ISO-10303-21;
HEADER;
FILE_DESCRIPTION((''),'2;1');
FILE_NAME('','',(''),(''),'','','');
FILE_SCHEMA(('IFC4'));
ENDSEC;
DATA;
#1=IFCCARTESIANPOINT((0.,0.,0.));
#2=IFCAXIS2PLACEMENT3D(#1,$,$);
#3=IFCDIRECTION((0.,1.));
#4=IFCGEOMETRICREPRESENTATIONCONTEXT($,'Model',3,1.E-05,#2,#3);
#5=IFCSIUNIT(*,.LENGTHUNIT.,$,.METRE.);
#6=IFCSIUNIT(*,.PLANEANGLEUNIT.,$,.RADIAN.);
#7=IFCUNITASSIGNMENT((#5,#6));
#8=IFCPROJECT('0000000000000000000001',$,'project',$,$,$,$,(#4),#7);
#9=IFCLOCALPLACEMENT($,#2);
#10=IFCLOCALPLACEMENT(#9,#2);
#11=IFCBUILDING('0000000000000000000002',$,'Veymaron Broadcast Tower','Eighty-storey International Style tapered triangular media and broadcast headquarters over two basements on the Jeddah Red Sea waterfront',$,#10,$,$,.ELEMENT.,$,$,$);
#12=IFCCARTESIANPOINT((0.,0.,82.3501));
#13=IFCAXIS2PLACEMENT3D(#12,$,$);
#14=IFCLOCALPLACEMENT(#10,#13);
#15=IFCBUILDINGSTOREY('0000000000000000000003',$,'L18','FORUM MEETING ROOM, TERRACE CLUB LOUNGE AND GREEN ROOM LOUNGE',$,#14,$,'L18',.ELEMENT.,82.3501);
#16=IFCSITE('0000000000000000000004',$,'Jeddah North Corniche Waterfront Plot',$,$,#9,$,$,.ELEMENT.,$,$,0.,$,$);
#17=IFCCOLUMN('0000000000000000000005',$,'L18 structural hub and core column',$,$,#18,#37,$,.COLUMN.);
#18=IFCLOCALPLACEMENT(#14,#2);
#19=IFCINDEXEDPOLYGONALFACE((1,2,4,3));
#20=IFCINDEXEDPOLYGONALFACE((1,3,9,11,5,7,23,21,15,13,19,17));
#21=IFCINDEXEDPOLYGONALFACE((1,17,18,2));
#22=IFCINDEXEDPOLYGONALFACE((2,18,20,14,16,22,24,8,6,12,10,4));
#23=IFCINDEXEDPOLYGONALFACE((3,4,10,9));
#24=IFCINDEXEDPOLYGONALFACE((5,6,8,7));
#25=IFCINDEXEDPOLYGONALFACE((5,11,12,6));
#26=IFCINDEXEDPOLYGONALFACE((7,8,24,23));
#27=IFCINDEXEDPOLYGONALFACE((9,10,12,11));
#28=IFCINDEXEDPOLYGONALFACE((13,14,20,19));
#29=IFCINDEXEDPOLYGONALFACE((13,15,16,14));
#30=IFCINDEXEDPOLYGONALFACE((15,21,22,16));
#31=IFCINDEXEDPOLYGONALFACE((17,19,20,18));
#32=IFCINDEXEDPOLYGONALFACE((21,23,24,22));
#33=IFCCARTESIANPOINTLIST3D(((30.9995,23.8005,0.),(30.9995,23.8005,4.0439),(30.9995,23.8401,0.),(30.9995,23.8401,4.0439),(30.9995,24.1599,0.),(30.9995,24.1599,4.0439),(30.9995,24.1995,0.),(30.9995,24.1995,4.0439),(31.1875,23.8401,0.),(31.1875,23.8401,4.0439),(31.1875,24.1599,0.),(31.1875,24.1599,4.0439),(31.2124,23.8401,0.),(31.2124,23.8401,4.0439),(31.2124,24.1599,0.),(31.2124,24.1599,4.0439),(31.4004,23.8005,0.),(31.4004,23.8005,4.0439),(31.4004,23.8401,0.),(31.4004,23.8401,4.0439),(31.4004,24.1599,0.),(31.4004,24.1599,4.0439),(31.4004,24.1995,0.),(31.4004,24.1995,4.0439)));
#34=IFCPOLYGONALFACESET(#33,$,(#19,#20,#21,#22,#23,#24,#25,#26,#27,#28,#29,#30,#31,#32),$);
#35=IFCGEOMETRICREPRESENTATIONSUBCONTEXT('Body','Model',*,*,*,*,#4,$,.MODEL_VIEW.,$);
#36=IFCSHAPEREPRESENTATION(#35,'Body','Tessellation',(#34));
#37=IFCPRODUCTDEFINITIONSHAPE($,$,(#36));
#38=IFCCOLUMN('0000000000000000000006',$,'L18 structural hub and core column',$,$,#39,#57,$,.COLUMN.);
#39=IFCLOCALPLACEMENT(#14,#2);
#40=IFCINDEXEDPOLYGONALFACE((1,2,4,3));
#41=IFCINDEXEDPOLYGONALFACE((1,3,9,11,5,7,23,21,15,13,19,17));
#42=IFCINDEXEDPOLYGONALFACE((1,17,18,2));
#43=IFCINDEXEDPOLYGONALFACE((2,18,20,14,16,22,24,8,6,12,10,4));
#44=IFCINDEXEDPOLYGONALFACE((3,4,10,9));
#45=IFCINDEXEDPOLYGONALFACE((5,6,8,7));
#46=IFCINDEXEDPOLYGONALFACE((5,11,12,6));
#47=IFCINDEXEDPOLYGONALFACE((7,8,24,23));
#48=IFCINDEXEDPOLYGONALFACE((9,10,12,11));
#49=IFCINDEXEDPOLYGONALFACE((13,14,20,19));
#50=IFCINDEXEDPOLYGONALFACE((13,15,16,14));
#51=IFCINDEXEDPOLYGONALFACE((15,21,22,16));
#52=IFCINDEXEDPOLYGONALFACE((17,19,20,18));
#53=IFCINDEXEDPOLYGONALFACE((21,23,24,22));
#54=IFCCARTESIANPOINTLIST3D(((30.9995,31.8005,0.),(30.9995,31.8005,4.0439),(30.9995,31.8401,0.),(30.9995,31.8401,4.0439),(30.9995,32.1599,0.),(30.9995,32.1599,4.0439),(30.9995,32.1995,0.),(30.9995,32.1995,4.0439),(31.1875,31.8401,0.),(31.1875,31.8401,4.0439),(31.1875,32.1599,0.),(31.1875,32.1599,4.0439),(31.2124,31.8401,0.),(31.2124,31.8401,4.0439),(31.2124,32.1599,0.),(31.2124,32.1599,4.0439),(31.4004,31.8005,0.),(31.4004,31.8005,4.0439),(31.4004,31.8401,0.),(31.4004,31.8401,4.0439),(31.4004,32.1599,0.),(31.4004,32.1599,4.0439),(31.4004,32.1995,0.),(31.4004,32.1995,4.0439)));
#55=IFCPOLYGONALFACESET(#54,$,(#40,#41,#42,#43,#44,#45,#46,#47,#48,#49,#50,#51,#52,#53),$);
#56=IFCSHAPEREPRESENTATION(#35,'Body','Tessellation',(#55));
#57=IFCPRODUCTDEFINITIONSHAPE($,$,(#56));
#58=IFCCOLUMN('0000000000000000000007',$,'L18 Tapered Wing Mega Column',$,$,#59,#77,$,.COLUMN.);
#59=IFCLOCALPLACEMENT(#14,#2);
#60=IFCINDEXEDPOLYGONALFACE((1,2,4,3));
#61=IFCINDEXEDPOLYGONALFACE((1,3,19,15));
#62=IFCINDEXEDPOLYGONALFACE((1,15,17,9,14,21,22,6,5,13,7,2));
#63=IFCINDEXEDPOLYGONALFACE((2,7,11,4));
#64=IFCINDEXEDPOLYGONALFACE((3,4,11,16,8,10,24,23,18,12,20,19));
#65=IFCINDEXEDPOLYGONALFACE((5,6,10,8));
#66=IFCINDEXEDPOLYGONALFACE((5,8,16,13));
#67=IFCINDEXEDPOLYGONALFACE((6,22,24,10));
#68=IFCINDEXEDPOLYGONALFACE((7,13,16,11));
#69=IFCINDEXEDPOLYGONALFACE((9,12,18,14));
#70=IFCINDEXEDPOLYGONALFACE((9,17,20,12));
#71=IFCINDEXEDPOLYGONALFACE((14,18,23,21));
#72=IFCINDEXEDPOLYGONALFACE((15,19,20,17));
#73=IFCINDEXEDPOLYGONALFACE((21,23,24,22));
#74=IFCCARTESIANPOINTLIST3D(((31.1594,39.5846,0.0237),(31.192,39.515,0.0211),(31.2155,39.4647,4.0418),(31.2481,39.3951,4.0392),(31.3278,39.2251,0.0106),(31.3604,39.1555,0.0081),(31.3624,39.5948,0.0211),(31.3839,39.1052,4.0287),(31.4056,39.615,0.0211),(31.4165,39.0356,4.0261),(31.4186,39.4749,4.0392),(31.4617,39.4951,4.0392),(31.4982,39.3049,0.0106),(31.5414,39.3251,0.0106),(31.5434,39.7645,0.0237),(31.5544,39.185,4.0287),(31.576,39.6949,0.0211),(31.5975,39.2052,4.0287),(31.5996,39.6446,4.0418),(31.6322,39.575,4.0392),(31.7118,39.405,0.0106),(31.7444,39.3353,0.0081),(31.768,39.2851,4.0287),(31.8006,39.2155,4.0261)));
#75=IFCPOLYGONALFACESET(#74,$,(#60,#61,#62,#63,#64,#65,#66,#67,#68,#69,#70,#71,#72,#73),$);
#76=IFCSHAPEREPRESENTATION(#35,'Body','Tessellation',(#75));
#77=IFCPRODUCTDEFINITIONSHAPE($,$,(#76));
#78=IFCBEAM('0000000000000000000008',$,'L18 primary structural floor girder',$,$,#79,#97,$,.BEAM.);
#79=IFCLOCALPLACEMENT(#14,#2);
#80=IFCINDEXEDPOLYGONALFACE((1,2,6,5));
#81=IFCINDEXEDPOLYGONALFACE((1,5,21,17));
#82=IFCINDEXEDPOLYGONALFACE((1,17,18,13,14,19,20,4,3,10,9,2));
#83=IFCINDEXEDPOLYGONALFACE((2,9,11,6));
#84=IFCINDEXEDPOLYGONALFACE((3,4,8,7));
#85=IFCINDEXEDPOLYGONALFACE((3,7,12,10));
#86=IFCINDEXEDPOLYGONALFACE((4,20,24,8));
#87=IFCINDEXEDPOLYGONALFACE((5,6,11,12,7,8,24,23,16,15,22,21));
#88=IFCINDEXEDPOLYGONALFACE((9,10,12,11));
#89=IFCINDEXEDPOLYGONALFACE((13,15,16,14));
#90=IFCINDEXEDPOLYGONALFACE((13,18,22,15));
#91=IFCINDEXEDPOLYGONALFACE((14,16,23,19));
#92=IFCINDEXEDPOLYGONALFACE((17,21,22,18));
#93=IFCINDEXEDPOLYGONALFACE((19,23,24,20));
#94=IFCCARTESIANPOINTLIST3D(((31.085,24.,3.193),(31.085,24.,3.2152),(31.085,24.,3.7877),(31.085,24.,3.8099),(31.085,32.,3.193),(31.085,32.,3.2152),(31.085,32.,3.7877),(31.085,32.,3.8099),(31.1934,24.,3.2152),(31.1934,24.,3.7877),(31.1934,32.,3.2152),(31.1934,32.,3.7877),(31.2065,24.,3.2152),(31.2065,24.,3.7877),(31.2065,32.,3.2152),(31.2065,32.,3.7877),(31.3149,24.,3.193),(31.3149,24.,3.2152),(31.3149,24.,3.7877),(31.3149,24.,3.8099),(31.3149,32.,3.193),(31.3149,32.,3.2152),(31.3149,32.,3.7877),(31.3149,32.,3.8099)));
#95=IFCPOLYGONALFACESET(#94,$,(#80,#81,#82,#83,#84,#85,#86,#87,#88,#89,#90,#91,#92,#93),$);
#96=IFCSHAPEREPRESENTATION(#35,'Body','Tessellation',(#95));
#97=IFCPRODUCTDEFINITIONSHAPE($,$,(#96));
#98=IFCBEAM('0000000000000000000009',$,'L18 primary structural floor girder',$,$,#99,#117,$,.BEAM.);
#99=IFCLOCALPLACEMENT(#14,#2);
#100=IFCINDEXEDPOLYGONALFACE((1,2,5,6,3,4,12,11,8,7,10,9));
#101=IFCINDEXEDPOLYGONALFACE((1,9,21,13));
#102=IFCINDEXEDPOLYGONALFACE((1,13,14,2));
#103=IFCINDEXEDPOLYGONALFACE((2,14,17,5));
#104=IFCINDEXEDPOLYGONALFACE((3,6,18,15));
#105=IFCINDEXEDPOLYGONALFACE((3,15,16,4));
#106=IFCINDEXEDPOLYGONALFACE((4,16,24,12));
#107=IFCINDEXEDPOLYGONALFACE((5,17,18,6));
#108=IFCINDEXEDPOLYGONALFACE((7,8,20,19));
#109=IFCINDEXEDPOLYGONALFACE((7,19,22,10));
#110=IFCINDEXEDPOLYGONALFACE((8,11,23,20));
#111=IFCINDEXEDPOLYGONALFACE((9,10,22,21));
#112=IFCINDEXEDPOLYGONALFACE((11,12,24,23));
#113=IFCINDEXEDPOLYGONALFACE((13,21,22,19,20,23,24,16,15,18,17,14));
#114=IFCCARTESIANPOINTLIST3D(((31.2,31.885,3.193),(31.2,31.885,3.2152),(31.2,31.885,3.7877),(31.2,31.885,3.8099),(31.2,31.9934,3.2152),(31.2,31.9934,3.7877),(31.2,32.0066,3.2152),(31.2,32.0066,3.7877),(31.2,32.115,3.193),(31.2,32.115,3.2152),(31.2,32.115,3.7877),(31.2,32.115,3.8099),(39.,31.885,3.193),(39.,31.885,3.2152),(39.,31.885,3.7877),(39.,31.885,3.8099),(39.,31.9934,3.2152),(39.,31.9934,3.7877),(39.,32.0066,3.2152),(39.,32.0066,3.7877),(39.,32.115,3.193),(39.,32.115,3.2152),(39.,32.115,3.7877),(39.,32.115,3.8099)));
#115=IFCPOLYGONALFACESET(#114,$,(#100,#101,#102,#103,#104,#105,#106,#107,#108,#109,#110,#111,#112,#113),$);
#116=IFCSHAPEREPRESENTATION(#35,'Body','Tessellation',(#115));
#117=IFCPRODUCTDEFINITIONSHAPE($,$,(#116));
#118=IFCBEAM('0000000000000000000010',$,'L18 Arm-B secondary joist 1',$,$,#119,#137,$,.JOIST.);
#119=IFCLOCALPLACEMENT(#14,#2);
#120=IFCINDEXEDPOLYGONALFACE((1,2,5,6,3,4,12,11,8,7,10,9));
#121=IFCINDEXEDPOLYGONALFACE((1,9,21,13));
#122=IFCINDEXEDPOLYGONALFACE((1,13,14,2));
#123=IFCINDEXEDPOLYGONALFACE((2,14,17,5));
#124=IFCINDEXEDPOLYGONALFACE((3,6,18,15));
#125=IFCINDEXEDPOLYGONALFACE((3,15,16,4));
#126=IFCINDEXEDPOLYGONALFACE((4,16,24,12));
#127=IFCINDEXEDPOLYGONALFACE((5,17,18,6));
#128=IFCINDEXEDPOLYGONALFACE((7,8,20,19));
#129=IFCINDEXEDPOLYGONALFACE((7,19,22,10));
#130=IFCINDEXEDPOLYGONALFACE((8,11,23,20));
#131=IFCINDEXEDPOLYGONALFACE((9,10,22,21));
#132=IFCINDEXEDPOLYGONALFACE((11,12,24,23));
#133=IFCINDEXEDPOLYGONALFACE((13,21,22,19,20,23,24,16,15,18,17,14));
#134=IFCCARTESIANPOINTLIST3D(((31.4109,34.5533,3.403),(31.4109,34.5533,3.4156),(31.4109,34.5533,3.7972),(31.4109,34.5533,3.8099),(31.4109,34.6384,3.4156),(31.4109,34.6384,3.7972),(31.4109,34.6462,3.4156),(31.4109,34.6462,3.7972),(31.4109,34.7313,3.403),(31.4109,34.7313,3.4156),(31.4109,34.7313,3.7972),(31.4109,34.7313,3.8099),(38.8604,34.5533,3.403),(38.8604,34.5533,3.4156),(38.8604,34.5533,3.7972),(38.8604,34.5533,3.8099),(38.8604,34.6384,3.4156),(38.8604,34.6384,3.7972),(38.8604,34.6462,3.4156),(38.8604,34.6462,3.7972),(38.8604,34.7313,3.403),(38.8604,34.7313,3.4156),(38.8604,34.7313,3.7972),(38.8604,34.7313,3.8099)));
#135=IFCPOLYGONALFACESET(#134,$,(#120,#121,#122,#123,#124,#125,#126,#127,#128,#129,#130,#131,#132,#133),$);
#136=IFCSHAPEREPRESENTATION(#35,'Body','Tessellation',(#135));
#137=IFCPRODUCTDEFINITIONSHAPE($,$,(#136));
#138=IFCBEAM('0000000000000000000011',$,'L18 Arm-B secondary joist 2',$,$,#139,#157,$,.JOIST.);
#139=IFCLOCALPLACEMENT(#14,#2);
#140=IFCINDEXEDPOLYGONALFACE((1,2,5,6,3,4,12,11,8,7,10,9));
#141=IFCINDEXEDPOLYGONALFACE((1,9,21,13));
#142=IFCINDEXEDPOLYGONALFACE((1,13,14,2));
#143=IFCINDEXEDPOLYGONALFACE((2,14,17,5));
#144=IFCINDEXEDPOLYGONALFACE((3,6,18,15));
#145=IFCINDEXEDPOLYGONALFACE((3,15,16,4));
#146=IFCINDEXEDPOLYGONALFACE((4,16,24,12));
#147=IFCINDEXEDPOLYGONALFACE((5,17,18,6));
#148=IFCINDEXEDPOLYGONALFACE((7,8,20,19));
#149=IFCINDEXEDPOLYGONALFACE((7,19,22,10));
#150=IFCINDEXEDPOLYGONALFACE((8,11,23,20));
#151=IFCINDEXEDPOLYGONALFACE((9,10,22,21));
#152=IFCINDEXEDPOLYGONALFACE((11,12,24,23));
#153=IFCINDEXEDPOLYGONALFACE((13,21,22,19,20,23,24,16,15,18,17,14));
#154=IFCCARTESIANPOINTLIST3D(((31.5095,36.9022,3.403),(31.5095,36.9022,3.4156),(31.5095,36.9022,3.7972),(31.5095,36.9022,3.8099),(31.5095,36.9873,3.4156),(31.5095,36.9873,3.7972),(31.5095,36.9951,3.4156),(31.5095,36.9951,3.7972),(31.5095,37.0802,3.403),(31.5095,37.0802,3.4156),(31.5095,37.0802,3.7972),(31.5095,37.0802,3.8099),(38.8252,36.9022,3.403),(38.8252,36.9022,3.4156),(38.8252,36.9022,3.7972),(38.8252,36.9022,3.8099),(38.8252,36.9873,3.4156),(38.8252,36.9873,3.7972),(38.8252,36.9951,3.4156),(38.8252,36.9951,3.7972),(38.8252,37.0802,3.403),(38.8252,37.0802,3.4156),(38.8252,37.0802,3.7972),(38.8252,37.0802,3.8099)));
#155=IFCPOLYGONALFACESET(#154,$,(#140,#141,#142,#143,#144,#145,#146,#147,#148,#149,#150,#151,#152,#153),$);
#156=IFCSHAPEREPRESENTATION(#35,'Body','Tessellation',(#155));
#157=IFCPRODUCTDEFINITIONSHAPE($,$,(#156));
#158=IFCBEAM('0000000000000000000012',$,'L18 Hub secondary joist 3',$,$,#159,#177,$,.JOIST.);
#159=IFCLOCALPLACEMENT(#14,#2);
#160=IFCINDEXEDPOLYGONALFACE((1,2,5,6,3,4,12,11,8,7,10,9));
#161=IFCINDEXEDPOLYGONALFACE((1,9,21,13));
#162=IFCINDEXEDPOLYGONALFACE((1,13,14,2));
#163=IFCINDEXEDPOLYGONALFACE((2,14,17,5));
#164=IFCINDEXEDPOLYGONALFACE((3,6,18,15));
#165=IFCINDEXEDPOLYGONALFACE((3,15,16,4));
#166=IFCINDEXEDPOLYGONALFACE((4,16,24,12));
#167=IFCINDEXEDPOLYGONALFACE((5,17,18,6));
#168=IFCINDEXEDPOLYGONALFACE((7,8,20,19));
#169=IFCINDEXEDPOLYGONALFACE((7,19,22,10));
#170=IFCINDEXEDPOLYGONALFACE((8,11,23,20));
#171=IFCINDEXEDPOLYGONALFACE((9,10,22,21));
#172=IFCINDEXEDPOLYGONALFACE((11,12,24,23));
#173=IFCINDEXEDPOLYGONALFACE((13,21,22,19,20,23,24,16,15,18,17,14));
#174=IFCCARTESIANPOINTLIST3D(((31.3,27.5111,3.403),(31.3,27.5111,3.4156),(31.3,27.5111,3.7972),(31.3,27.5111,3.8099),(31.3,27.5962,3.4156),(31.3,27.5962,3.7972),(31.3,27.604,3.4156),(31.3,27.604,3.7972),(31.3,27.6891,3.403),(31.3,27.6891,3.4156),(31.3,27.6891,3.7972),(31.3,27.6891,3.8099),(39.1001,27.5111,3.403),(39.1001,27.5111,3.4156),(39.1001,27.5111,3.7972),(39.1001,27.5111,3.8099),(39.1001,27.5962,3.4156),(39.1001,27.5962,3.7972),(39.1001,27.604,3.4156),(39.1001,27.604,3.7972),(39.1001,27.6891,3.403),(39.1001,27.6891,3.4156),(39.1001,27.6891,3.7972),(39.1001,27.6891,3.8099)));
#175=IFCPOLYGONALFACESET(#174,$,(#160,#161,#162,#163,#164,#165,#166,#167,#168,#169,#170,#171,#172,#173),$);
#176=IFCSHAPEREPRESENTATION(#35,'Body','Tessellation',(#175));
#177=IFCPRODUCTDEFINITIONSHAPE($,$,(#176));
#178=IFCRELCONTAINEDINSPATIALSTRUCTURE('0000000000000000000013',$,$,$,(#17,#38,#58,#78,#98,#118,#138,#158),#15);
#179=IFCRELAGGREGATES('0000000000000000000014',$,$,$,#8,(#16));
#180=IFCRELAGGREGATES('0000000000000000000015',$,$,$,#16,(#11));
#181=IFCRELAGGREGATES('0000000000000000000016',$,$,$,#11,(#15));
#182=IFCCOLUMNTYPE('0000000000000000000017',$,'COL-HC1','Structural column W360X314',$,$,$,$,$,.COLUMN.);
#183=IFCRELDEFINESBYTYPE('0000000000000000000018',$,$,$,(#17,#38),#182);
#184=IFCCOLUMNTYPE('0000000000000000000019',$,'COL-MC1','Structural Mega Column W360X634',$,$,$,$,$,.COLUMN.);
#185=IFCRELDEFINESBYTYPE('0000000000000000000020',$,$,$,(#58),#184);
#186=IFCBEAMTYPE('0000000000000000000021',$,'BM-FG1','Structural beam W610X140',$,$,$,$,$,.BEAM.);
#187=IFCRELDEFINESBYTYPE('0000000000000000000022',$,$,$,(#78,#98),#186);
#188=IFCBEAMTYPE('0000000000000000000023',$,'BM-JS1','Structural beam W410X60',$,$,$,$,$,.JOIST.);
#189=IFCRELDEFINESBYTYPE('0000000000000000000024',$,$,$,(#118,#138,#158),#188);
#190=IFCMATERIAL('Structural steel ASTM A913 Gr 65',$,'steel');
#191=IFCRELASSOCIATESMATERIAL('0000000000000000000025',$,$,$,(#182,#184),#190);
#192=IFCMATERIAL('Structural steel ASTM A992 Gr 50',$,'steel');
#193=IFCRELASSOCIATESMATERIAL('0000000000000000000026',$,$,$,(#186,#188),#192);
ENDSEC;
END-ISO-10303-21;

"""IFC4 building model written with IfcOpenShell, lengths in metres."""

from ifc_helpers import new_model, si_unit, direction, frame, origin, origin_2d, place, context, subcontext, project, spatial, i_section, extrude, material, material_profile, profile_set, type_object, element, save


model = new_model("IFC4")

# Units and contexts
model_context = context("Model", 3, precision=1e-05, world=origin(), true_north=direction((0.0, 1.0)))
body_context = subcontext(model_context, "Body", "Model", "MODEL_VIEW")
ifc_project = project(units=[si_unit("LENGTHUNIT", "METRE"), si_unit("PLANEANGLEUNIT", "RADIAN")], contexts=[model_context])

# Site, building, storey
site_placement = place(None, origin())
site = spatial("IfcSite", under=ifc_project, at=site_placement, Name="Jeddah North Corniche Waterfront Plot", CompositionType="ELEMENT", RefElevation=0.0)
building_placement = place(site_placement, origin())
building = spatial("IfcBuilding", under=site, at=building_placement, Name="Veymaron Broadcast Tower", Description="Eighty-storey International Style tapered triangular media and broadcast headquarters over two basements on the Jeddah Red Sea waterfront", CompositionType="ELEMENT")
storey_placement = place(building_placement, frame((0.0, 0.0, 82.3501)))
storey = spatial("IfcBuildingStorey", under=building, at=storey_placement, Name="L18", Description="FORUM MEETING ROOM, TERRACE CLUB LOUNGE AND GREEN ROOM LOUNGE", LongName="L18", CompositionType="ELEMENT", Elevation=82.3501)

# Columns
ifc_material_1 = material(Name="Structural steel ASTM A913 Gr 65", Category="steel")
ifc_material_profile_1 = material_profile(ifc_material_1, i_section(OverallWidth=0.4009, OverallDepth=0.3989, WebThickness=0.0249, FlangeThickness=0.0396, at=origin_2d()), Name="W360X314")
ifc_profile_set_1 = profile_set([ifc_material_profile_1], Name="Structural steel ASTM A913 Gr 65")
column_type_1 = type_object("IfcColumnType", Name="COL-HC1", Description="Structural column W360X314", PredefinedType="COLUMN", material=ifc_profile_set_1)
for number, where, z_axis, x_axis, name in (
    (1, (31.2, 24.0, 0.0), (0.0, 0.0, 1.0), (1.0, 0.0, 0.0), "L18 structural hub and core column"),
    (2, (31.2, 32.0, 0.0), (0.0, 0.0, 1.0), (1.0, 0.0, 0.0), "L18 structural hub and core column"),
):
    element("IfcColumn", number, at=place(storey_placement, frame(where, z_axis=z_axis, x_axis=x_axis)), inside=storey, type_object=column_type_1, Name=name, PredefinedType="COLUMN", context=body_context, shape_type="SweptSolid", body=[
        extrude(i_section(OverallWidth=0.4009, OverallDepth=0.3989, WebThickness=0.0249, FlangeThickness=0.0396, at=origin_2d()), origin(), (0.0, 0.0, 1.0), 4.0439),
    ])
ifc_material_profile_2 = material_profile(ifc_material_1, i_section(OverallWidth=0.4241, OverallDepth=0.4741, WebThickness=0.0476, FlangeThickness=0.0769, at=origin_2d()), Name="W360X634")
ifc_profile_set_2 = profile_set([ifc_material_profile_2], Name="Structural steel ASTM A913 Gr 65")
column_type_2 = type_object("IfcColumnType", Name="COL-MC1", Description="Structural Mega Column W360X634", PredefinedType="COLUMN", material=ifc_profile_set_2)
column_placement = place(storey_placement, frame((31.4519, 39.46, 0.0159), z_axis=(0.013967, -0.029817, 0.999458), x_axis=(0.90557, 0.424198, 0.0)))
element("IfcColumn", 3, at=column_placement, inside=storey, type_object=column_type_2, Name="L18 Tapered Wing Mega Column", PredefinedType="COLUMN", context=body_context, shape_type="SweptSolid", body=[
    extrude(i_section(OverallWidth=0.4241, OverallDepth=0.4741, WebThickness=0.0476, FlangeThickness=0.0769, at=origin_2d()), origin(), (0.0, 0.0, 1.0), 4.0203),
])

# Beams
ifc_material_2 = material(Name="Structural steel ASTM A992 Gr 50", Category="steel")
ifc_material_profile_3 = material_profile(ifc_material_2, i_section(OverallWidth=0.23, OverallDepth=0.6169, WebThickness=0.0132, FlangeThickness=0.0222, at=origin_2d()), Name="W610X140")
ifc_profile_set_3 = profile_set([ifc_material_profile_3], Name="Structural steel ASTM A992 Gr 50")
beam_type_1 = type_object("IfcBeamType", Name="BM-FG1", Description="Structural beam W610X140", PredefinedType="BEAM", material=ifc_profile_set_3)
beam_1_placement = place(storey_placement, frame((31.2, 24.0, 3.5015), z_axis=(0.0, 1.0, 0.0), x_axis=(-1.0, 0.0, 0.0)))
element("IfcBeam", 4, at=beam_1_placement, inside=storey, type_object=beam_type_1, Name="L18 primary structural floor girder", PredefinedType="BEAM", context=body_context, shape_type="SweptSolid", body=[
    extrude(i_section(OverallWidth=0.23, OverallDepth=0.6169, WebThickness=0.0132, FlangeThickness=0.0222, at=origin_2d()), origin(), (0.0, 0.0, 1.0), 8.0),
])
beam_2_placement = place(storey_placement, frame((31.2, 32.0, 3.5015), z_axis=(1.0, 0.0, 0.0), x_axis=(0.0, 1.0, 0.0)))
element("IfcBeam", 5, at=beam_2_placement, inside=storey, type_object=beam_type_1, Name="L18 primary structural floor girder", PredefinedType="BEAM", context=body_context, shape_type="SweptSolid", body=[
    extrude(i_section(OverallWidth=0.23, OverallDepth=0.6169, WebThickness=0.0132, FlangeThickness=0.0222, at=origin_2d()), origin(), (0.0, 0.0, 1.0), 7.8),
])
ifc_material_profile_4 = material_profile(ifc_material_2, i_section(OverallWidth=0.178, OverallDepth=0.407, WebThickness=0.0078, FlangeThickness=0.0127, at=origin_2d()), Name="W410X60")
ifc_profile_set_4 = profile_set([ifc_material_profile_4], Name="Structural steel ASTM A992 Gr 50")
beam_type_2 = type_object("IfcBeamType", Name="BM-JS1", Description="Structural beam W410X60", PredefinedType="JOIST", material=ifc_profile_set_4)
beam_3_placement = place(storey_placement, frame((31.4109, 34.6423, 3.6064), z_axis=(1.0, 0.0, 0.0), x_axis=(0.0, 1.0, 0.0)))
element("IfcBeam", 6, at=beam_3_placement, inside=storey, type_object=beam_type_2, Name="L18 Arm-B secondary joist 1", PredefinedType="JOIST", context=body_context, shape_type="SweptSolid", body=[
    extrude(i_section(OverallWidth=0.178, OverallDepth=0.407, WebThickness=0.0078, FlangeThickness=0.0127, at=origin_2d()), origin(), (0.0, 0.0, 1.0), 7.4495),
])
beam_4_placement = place(storey_placement, frame((31.5095, 36.9912, 3.6064), z_axis=(1.0, 0.0, 0.0), x_axis=(0.0, 1.0, 0.0)))
element("IfcBeam", 7, at=beam_4_placement, inside=storey, type_object=beam_type_2, Name="L18 Arm-B secondary joist 2", PredefinedType="JOIST", context=body_context, shape_type="SweptSolid", body=[
    extrude(i_section(OverallWidth=0.178, OverallDepth=0.407, WebThickness=0.0078, FlangeThickness=0.0127, at=origin_2d()), origin(), (0.0, 0.0, 1.0), 7.3157),
])
for number, where, z_axis, x_axis, name in (
    (8, (31.3, 27.6001, 3.6064), (1.0, 0.0, 0.0), (0.0, 1.0, 0.0), "L18 Hub secondary joist 3"),
):
    element("IfcBeam", number, at=place(storey_placement, frame(where, z_axis=z_axis, x_axis=x_axis)), inside=storey, type_object=beam_type_2, Name=name, PredefinedType="JOIST", context=body_context, shape_type="SweptSolid", body=[
        extrude(i_section(OverallWidth=0.178, OverallDepth=0.407, WebThickness=0.0078, FlangeThickness=0.0127, at=origin_2d()), origin(), (0.0, 0.0, 1.0), 7.8),
    ])

save(model, "model.ifc")
